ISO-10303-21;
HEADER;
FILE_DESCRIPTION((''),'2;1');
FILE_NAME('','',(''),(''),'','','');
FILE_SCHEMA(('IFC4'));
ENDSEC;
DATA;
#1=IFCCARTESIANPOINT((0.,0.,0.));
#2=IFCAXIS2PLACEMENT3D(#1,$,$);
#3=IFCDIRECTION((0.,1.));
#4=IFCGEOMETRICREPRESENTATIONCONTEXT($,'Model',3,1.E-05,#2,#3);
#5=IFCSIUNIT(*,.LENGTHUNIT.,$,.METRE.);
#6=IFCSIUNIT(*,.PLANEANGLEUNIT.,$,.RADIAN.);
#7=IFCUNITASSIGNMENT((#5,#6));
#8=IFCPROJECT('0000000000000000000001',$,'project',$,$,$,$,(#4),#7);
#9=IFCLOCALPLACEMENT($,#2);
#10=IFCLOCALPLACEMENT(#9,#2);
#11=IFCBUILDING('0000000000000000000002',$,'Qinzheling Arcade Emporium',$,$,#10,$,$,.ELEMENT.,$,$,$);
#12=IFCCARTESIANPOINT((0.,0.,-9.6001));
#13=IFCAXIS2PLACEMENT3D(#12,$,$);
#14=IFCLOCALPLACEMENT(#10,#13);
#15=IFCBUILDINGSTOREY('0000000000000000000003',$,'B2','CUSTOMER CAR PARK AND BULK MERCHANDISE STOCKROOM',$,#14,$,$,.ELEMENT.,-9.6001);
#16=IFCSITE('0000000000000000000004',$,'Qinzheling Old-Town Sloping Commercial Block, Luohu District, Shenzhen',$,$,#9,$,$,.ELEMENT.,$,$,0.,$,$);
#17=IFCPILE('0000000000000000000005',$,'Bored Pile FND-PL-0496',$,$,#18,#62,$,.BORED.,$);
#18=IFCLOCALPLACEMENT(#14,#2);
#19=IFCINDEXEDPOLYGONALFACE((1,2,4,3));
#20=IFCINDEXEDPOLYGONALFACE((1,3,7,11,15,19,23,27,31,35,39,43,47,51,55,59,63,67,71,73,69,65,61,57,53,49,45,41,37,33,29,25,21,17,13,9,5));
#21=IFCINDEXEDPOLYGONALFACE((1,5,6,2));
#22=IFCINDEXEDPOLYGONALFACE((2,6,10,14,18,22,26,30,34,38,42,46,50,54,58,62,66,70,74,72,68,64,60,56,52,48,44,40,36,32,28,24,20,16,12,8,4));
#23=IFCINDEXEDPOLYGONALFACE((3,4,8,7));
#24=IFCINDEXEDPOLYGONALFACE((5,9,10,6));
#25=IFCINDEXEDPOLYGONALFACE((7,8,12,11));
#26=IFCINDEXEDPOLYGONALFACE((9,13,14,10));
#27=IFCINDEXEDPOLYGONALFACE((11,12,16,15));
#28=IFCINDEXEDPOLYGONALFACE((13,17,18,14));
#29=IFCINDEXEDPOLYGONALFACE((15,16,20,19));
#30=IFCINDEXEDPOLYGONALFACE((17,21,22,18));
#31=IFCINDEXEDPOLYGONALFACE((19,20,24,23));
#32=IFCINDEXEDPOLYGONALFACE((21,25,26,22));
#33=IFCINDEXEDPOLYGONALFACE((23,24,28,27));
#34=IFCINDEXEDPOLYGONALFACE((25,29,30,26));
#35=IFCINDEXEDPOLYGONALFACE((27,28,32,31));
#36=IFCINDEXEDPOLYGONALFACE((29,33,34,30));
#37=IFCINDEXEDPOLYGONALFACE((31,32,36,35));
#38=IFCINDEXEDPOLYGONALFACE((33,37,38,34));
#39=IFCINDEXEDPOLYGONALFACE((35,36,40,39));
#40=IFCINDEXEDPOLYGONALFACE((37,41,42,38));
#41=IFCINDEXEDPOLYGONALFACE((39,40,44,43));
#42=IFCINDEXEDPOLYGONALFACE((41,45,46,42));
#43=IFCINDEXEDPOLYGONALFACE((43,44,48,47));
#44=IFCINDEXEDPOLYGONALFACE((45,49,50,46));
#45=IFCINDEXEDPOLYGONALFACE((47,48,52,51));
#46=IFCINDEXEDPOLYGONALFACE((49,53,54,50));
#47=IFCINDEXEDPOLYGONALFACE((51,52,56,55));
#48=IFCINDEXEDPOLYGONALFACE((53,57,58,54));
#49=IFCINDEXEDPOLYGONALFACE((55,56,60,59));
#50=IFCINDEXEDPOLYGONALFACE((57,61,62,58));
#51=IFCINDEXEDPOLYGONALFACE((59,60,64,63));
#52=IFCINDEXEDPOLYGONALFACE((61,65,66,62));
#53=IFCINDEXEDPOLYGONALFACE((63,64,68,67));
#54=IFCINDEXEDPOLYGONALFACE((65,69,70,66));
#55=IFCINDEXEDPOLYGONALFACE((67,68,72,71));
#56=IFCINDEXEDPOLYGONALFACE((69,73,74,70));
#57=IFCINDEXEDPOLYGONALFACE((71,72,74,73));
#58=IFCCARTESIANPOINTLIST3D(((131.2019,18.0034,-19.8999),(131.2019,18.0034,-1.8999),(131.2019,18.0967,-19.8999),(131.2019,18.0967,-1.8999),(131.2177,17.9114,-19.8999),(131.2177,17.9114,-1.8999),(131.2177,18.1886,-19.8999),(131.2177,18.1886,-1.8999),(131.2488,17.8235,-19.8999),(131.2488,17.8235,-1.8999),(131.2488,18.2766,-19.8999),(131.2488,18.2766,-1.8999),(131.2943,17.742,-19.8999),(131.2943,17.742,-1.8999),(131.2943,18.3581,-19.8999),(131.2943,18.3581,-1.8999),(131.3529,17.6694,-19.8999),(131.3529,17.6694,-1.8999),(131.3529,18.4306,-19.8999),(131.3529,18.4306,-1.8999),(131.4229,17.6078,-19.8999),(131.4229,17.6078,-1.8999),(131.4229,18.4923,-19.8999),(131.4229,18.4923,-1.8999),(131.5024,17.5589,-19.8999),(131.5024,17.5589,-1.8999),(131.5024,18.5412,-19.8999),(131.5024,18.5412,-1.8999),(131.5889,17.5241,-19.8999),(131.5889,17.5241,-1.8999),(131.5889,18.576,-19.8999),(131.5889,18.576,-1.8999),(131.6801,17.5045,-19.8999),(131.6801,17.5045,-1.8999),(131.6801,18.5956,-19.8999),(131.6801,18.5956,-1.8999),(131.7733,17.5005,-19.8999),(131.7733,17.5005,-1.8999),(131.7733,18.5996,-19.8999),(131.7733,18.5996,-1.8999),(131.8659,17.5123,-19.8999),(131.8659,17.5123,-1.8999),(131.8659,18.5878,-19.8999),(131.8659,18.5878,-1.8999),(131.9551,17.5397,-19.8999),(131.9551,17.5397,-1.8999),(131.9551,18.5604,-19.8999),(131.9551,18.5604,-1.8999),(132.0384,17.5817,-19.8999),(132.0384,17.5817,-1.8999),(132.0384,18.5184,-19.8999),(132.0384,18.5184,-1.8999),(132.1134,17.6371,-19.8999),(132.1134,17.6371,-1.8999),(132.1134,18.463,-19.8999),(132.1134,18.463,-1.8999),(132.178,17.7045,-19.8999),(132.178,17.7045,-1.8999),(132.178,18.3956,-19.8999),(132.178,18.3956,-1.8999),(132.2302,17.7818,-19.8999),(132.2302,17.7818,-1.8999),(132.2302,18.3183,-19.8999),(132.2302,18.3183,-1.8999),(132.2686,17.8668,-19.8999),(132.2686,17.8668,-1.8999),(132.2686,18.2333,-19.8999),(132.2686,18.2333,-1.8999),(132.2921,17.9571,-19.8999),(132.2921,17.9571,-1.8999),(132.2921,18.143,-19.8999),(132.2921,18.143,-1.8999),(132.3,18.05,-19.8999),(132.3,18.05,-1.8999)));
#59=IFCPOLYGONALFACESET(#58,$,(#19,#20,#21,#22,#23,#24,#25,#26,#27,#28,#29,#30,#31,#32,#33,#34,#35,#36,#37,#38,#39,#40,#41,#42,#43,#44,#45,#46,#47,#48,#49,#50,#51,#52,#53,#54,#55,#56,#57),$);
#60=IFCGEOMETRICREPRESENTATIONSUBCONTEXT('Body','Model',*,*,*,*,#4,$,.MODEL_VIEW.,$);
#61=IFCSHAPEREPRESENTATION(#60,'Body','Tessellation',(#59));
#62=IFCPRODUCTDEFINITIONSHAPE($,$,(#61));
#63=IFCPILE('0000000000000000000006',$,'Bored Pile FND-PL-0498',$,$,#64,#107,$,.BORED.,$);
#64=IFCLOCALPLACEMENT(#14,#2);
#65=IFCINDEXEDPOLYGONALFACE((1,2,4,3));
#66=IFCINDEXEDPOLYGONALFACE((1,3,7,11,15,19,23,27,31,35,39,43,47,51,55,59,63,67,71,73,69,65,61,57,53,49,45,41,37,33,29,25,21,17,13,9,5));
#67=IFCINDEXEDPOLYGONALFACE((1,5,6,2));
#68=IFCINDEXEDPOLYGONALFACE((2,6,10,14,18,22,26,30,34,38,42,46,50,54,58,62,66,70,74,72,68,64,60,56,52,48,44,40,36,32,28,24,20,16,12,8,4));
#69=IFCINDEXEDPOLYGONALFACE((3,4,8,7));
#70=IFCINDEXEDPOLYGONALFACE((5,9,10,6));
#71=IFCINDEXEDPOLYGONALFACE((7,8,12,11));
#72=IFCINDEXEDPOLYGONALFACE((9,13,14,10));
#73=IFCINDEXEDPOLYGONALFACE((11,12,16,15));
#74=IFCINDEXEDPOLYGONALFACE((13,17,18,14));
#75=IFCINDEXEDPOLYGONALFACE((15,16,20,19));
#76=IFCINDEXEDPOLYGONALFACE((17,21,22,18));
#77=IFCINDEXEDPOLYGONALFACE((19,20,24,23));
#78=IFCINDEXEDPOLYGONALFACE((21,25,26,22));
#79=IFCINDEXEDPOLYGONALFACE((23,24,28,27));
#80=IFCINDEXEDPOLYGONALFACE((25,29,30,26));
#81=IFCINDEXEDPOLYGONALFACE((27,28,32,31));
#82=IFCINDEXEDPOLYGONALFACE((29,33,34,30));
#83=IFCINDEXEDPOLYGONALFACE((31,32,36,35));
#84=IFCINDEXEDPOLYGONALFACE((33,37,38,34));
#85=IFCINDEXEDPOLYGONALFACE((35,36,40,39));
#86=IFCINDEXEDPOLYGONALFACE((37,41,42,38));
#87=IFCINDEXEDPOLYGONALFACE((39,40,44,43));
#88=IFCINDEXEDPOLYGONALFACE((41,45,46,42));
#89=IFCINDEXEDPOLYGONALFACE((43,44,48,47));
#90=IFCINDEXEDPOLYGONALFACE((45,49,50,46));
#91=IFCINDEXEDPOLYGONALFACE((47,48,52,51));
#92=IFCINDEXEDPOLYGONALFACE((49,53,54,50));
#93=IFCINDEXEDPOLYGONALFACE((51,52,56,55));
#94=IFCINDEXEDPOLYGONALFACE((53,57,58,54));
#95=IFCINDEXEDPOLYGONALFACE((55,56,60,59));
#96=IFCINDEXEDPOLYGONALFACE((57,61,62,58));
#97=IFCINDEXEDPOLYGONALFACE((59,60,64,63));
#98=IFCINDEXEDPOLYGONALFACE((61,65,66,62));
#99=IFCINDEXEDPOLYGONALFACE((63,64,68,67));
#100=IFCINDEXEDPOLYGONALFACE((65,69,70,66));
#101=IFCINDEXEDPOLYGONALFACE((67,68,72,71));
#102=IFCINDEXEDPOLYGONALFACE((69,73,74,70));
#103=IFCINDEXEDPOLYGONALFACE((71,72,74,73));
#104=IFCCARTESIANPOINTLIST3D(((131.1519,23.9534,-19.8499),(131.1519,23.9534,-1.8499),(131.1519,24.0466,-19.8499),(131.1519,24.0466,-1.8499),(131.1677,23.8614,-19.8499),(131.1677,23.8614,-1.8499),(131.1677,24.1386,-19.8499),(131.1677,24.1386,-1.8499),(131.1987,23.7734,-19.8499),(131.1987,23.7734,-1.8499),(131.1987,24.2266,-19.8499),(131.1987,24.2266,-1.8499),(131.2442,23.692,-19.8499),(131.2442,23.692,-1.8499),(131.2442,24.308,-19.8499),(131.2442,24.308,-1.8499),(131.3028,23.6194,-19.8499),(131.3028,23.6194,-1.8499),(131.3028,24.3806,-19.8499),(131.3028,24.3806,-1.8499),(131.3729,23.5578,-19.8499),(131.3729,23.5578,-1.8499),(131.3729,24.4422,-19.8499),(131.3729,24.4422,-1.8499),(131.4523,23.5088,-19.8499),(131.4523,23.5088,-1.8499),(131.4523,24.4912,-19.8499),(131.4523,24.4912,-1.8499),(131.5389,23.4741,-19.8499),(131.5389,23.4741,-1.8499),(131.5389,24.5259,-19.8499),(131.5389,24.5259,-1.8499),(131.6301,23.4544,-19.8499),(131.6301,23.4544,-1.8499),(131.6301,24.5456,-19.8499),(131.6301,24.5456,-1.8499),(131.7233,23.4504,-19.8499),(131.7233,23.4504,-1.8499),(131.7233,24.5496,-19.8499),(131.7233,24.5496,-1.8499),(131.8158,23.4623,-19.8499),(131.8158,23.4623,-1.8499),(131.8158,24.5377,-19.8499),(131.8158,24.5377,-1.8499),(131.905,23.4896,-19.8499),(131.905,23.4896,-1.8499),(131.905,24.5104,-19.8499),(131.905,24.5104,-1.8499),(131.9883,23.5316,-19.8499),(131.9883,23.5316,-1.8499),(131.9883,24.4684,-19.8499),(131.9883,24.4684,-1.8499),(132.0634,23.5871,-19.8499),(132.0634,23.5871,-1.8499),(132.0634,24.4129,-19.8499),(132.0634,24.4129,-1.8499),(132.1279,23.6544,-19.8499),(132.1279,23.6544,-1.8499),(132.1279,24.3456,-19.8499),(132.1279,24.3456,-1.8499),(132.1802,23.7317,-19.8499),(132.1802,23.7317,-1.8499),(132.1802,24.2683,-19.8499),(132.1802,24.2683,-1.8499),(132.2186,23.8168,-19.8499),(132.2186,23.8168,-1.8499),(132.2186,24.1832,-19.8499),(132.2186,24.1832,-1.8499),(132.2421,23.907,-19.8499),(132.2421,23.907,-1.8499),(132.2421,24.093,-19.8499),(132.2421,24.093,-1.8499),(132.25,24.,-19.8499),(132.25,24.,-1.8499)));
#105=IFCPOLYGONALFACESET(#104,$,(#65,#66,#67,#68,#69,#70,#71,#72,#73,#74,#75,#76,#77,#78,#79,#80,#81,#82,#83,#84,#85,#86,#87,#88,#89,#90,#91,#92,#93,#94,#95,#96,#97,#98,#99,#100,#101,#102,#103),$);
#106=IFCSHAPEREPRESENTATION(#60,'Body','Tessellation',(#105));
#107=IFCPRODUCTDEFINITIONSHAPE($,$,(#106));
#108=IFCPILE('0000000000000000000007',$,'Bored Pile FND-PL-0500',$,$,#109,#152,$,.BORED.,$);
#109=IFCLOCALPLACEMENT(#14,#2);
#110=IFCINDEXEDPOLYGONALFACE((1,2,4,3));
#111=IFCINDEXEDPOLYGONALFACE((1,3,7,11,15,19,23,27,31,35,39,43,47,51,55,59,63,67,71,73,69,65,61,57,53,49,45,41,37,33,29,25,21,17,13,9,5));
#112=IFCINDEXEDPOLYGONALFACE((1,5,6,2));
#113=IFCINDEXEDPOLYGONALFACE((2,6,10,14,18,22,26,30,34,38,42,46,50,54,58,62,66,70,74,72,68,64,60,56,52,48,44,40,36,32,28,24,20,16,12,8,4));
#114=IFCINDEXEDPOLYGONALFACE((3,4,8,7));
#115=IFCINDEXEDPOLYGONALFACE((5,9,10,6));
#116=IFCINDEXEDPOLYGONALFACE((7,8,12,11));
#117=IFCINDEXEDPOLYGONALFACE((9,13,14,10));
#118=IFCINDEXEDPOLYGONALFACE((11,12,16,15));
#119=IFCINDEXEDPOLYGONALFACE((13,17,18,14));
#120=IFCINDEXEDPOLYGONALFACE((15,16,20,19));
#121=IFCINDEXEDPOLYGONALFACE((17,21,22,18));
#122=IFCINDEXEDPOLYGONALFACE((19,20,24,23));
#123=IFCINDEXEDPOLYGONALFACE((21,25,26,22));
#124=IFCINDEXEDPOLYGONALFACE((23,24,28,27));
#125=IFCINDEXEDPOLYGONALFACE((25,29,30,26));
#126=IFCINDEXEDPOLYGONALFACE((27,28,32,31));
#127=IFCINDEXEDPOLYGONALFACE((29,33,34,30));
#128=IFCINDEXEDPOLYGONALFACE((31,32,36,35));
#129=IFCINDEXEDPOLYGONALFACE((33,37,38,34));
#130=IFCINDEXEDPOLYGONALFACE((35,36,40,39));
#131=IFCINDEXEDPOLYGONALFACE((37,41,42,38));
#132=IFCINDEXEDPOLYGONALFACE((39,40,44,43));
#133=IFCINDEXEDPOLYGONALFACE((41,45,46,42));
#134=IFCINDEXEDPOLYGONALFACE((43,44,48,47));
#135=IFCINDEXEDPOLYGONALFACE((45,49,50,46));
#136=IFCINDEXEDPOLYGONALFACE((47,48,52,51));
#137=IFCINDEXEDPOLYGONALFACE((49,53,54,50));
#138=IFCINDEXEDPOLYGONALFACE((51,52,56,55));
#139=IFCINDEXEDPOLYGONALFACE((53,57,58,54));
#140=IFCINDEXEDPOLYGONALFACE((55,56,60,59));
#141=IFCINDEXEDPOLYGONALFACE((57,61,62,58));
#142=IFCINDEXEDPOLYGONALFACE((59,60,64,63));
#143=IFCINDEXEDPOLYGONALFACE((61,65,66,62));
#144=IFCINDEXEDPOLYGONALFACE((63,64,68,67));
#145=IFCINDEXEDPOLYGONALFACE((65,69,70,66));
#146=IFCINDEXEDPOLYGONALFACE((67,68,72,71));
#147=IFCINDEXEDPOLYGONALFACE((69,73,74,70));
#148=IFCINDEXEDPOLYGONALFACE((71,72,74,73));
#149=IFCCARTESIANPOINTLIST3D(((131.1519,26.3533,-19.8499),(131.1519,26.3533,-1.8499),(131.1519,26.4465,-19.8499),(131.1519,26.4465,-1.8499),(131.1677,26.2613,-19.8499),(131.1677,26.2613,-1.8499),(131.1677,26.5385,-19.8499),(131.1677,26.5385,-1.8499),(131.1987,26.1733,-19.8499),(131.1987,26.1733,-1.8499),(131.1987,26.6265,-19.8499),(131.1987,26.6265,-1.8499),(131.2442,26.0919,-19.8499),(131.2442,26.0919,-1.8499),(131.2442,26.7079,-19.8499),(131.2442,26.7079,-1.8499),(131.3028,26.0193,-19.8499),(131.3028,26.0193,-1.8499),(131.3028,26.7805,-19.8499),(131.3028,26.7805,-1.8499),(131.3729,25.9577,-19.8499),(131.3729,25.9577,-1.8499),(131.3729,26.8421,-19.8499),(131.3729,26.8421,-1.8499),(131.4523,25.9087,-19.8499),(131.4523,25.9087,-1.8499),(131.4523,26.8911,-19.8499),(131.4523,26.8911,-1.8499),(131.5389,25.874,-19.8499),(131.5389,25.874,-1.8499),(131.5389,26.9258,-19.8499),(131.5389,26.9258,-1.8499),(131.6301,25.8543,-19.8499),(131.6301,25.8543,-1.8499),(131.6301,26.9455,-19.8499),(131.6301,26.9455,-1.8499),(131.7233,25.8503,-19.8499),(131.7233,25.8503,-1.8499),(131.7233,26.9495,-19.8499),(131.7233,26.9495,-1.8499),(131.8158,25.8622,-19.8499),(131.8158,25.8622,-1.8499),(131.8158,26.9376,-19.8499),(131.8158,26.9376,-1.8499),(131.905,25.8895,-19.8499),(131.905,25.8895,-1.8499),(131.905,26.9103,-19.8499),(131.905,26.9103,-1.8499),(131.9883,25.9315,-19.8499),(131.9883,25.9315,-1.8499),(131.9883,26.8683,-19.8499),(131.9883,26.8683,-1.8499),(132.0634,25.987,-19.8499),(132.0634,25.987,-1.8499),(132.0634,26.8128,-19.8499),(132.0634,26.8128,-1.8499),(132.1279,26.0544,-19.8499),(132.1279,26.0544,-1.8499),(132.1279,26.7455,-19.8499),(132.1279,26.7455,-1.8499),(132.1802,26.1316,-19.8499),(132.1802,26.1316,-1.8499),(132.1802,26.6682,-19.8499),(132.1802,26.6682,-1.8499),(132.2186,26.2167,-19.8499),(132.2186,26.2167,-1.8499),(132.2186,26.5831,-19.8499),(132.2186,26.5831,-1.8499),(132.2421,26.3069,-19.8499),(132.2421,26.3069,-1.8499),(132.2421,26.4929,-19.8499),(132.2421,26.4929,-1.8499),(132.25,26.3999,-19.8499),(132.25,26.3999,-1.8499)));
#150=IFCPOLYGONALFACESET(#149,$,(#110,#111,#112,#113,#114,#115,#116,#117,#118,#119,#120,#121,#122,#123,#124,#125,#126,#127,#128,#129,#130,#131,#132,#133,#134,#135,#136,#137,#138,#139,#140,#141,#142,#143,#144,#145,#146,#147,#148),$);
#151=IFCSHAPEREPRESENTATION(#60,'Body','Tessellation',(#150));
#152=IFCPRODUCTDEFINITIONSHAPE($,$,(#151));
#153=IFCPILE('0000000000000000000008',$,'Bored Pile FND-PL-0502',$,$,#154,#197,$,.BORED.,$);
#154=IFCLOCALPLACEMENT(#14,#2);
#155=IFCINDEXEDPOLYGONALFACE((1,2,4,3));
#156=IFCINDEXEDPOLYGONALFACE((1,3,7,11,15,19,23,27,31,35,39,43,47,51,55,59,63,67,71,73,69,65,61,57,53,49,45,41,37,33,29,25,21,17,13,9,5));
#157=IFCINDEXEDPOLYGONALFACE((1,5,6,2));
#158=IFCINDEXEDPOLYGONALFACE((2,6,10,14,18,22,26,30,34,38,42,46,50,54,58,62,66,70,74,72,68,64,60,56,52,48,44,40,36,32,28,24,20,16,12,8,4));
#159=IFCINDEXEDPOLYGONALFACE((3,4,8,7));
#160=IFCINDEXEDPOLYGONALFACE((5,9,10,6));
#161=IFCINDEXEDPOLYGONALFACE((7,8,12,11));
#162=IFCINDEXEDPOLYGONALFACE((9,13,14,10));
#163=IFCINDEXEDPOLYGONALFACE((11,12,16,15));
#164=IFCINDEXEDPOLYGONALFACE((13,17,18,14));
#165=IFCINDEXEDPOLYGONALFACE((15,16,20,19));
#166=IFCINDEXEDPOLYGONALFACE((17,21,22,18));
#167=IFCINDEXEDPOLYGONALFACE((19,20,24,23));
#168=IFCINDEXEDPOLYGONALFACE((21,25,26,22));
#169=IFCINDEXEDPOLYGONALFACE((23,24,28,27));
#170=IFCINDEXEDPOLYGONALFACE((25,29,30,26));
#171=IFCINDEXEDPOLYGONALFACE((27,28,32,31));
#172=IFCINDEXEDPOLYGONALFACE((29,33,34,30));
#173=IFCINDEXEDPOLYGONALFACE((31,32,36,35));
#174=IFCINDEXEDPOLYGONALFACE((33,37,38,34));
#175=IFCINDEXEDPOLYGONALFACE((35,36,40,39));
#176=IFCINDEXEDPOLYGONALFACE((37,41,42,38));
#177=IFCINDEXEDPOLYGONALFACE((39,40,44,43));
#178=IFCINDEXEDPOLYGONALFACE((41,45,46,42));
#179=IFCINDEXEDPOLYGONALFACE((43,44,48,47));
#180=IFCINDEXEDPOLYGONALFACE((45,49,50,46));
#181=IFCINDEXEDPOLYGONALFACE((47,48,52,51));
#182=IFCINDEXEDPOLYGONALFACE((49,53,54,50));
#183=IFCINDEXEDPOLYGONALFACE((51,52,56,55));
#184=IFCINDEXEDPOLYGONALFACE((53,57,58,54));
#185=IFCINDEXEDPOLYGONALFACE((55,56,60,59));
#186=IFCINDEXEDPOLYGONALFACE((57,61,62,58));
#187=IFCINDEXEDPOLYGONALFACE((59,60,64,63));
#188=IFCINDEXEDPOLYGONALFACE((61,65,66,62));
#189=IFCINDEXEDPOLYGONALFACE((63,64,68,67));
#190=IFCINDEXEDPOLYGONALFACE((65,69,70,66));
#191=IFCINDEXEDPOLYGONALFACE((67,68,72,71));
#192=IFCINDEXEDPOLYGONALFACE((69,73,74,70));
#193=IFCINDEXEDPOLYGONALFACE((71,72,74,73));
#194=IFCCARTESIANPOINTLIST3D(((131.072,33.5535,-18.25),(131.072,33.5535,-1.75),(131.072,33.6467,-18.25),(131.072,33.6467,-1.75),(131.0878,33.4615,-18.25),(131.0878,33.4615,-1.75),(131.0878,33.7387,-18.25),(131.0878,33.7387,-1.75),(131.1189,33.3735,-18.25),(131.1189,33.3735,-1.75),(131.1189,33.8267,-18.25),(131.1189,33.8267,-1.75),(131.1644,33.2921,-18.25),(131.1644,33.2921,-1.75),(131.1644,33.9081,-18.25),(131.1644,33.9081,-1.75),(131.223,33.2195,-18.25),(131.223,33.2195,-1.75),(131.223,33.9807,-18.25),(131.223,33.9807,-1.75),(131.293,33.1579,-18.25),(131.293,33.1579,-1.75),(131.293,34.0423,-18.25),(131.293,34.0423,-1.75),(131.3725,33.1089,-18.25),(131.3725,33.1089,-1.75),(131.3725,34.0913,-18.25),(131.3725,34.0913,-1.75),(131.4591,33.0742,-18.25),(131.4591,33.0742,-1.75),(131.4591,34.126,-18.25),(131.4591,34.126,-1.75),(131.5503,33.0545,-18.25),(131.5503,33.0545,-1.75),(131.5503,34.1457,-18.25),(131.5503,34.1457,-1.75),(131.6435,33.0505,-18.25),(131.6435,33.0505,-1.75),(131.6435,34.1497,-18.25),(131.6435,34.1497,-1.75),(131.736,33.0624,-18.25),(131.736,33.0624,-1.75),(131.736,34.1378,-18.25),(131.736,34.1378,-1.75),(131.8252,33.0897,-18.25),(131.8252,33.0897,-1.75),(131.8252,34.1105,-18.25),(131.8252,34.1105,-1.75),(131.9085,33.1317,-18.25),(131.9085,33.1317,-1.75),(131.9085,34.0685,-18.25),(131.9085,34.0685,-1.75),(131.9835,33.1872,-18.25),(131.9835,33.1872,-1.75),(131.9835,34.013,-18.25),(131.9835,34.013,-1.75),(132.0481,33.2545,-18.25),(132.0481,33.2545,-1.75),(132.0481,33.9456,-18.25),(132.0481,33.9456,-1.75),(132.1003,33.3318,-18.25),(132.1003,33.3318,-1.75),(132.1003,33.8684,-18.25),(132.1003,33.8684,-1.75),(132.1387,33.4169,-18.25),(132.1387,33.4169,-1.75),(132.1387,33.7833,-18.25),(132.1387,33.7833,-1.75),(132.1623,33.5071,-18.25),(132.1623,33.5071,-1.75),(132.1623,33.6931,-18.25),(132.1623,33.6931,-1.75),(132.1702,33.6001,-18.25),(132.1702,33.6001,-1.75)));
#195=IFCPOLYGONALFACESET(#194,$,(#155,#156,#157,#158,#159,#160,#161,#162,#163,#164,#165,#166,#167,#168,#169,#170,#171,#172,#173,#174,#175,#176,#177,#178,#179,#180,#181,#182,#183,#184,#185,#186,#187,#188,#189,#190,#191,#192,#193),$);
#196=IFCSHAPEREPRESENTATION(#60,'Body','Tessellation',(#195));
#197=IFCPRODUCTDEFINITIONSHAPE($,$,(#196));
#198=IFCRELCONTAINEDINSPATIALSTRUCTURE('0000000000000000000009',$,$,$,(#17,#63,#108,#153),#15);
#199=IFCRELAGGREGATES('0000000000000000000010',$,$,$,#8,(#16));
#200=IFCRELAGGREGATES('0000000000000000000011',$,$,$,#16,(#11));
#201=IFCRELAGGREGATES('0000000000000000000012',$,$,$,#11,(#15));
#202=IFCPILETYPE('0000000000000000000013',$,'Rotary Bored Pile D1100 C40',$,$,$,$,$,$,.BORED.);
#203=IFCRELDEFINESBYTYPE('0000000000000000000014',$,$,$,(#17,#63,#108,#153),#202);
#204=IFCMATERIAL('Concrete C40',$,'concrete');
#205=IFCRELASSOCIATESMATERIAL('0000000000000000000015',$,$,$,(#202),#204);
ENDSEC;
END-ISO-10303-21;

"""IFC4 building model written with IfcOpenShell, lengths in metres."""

from ifc_helpers import new_model, si_unit, direction, frame, origin, origin_2d, place, context, subcontext, project, spatial, circle, extrude, material, material_profile, profile_set, type_object, element, save


model = new_model("IFC4")

# Units and contexts
model_context = context("Model", 3, precision=1e-05, world=origin(), true_north=direction((0.0, 1.0)))
body_context = subcontext(model_context, "Body", "Model", "MODEL_VIEW")
ifc_project = project(units=[si_unit("LENGTHUNIT", "METRE"), si_unit("PLANEANGLEUNIT", "RADIAN")], contexts=[model_context])

# Site, building, storey
site_placement = place(None, origin())
site = spatial("IfcSite", under=ifc_project, at=site_placement, Name="Qinzheling Old-Town Sloping Commercial Block, Luohu District, Shenzhen", CompositionType="ELEMENT", RefElevation=0.0)
building_placement = place(site_placement, origin())
building = spatial("IfcBuilding", under=site, at=building_placement, Name="Qinzheling Arcade Emporium", CompositionType="ELEMENT")
storey_placement = place(building_placement, frame((0.0, 0.0, -9.6001)))
storey = spatial("IfcBuildingStorey", under=building, at=storey_placement, Name="B2", Description="CUSTOMER CAR PARK AND BULK MERCHANDISE STOCKROOM", CompositionType="ELEMENT", Elevation=-9.6001)

# Shared definitions
ifc_material_1 = material(Name="Concrete C40", Category="concrete")

# Piles
ifc_material_profile_1 = material_profile(ifc_material_1, circle(Radius=0.55, at=origin_2d()), Name="BORED D1100", Category="concrete")
ifc_profile_set_1 = profile_set([ifc_material_profile_1], Name="Concrete C40")
pile_type_1 = type_object("IfcPileType", Name="Rotary Bored Pile D1100 C40", PredefinedType="BORED", material=ifc_profile_set_1)
for number, where, z_axis, x_axis, name in (
    (1, (131.75, 18.05, -1.8999), (0.0, 0.0, -1.0), (1.0, 0.0, 0.0), "Bored Pile FND-PL-0496"),
    (2, (131.7, 24.0, -1.8499), (0.0, 0.0, -1.0), (1.0, 0.0, 0.0), "Bored Pile FND-PL-0498"),
    (3, (131.7, 26.3999, -1.8499), (0.0, 0.0, -1.0), (1.0, 0.0, 0.0), "Bored Pile FND-PL-0500"),
):
    element("IfcPile", number, at=place(storey_placement, frame(where, z_axis=z_axis, x_axis=x_axis)), inside=storey, type_object=pile_type_1, Name=name, PredefinedType="BORED", context=body_context, shape_type="SweptSolid", body=[
        extrude(circle(Radius=0.55, at=origin_2d()), origin(), (0.0, 0.0, 1.0), 18.0),
    ])
pile_1_placement = place(storey_placement, frame((131.6201, 33.6001, -1.75), z_axis=(0.0, 0.0, -1.0), x_axis=(1.0, 0.0, 0.0)))
element("IfcPile", 4, at=pile_1_placement, inside=storey, type_object=pile_type_1, Name="Bored Pile FND-PL-0502", PredefinedType="BORED", context=body_context, shape_type="SweptSolid", body=[
    extrude(circle(Radius=0.55, at=origin_2d()), origin(), (0.0, 0.0, 1.0), 16.5),
])

save(model, "model.ifc")
